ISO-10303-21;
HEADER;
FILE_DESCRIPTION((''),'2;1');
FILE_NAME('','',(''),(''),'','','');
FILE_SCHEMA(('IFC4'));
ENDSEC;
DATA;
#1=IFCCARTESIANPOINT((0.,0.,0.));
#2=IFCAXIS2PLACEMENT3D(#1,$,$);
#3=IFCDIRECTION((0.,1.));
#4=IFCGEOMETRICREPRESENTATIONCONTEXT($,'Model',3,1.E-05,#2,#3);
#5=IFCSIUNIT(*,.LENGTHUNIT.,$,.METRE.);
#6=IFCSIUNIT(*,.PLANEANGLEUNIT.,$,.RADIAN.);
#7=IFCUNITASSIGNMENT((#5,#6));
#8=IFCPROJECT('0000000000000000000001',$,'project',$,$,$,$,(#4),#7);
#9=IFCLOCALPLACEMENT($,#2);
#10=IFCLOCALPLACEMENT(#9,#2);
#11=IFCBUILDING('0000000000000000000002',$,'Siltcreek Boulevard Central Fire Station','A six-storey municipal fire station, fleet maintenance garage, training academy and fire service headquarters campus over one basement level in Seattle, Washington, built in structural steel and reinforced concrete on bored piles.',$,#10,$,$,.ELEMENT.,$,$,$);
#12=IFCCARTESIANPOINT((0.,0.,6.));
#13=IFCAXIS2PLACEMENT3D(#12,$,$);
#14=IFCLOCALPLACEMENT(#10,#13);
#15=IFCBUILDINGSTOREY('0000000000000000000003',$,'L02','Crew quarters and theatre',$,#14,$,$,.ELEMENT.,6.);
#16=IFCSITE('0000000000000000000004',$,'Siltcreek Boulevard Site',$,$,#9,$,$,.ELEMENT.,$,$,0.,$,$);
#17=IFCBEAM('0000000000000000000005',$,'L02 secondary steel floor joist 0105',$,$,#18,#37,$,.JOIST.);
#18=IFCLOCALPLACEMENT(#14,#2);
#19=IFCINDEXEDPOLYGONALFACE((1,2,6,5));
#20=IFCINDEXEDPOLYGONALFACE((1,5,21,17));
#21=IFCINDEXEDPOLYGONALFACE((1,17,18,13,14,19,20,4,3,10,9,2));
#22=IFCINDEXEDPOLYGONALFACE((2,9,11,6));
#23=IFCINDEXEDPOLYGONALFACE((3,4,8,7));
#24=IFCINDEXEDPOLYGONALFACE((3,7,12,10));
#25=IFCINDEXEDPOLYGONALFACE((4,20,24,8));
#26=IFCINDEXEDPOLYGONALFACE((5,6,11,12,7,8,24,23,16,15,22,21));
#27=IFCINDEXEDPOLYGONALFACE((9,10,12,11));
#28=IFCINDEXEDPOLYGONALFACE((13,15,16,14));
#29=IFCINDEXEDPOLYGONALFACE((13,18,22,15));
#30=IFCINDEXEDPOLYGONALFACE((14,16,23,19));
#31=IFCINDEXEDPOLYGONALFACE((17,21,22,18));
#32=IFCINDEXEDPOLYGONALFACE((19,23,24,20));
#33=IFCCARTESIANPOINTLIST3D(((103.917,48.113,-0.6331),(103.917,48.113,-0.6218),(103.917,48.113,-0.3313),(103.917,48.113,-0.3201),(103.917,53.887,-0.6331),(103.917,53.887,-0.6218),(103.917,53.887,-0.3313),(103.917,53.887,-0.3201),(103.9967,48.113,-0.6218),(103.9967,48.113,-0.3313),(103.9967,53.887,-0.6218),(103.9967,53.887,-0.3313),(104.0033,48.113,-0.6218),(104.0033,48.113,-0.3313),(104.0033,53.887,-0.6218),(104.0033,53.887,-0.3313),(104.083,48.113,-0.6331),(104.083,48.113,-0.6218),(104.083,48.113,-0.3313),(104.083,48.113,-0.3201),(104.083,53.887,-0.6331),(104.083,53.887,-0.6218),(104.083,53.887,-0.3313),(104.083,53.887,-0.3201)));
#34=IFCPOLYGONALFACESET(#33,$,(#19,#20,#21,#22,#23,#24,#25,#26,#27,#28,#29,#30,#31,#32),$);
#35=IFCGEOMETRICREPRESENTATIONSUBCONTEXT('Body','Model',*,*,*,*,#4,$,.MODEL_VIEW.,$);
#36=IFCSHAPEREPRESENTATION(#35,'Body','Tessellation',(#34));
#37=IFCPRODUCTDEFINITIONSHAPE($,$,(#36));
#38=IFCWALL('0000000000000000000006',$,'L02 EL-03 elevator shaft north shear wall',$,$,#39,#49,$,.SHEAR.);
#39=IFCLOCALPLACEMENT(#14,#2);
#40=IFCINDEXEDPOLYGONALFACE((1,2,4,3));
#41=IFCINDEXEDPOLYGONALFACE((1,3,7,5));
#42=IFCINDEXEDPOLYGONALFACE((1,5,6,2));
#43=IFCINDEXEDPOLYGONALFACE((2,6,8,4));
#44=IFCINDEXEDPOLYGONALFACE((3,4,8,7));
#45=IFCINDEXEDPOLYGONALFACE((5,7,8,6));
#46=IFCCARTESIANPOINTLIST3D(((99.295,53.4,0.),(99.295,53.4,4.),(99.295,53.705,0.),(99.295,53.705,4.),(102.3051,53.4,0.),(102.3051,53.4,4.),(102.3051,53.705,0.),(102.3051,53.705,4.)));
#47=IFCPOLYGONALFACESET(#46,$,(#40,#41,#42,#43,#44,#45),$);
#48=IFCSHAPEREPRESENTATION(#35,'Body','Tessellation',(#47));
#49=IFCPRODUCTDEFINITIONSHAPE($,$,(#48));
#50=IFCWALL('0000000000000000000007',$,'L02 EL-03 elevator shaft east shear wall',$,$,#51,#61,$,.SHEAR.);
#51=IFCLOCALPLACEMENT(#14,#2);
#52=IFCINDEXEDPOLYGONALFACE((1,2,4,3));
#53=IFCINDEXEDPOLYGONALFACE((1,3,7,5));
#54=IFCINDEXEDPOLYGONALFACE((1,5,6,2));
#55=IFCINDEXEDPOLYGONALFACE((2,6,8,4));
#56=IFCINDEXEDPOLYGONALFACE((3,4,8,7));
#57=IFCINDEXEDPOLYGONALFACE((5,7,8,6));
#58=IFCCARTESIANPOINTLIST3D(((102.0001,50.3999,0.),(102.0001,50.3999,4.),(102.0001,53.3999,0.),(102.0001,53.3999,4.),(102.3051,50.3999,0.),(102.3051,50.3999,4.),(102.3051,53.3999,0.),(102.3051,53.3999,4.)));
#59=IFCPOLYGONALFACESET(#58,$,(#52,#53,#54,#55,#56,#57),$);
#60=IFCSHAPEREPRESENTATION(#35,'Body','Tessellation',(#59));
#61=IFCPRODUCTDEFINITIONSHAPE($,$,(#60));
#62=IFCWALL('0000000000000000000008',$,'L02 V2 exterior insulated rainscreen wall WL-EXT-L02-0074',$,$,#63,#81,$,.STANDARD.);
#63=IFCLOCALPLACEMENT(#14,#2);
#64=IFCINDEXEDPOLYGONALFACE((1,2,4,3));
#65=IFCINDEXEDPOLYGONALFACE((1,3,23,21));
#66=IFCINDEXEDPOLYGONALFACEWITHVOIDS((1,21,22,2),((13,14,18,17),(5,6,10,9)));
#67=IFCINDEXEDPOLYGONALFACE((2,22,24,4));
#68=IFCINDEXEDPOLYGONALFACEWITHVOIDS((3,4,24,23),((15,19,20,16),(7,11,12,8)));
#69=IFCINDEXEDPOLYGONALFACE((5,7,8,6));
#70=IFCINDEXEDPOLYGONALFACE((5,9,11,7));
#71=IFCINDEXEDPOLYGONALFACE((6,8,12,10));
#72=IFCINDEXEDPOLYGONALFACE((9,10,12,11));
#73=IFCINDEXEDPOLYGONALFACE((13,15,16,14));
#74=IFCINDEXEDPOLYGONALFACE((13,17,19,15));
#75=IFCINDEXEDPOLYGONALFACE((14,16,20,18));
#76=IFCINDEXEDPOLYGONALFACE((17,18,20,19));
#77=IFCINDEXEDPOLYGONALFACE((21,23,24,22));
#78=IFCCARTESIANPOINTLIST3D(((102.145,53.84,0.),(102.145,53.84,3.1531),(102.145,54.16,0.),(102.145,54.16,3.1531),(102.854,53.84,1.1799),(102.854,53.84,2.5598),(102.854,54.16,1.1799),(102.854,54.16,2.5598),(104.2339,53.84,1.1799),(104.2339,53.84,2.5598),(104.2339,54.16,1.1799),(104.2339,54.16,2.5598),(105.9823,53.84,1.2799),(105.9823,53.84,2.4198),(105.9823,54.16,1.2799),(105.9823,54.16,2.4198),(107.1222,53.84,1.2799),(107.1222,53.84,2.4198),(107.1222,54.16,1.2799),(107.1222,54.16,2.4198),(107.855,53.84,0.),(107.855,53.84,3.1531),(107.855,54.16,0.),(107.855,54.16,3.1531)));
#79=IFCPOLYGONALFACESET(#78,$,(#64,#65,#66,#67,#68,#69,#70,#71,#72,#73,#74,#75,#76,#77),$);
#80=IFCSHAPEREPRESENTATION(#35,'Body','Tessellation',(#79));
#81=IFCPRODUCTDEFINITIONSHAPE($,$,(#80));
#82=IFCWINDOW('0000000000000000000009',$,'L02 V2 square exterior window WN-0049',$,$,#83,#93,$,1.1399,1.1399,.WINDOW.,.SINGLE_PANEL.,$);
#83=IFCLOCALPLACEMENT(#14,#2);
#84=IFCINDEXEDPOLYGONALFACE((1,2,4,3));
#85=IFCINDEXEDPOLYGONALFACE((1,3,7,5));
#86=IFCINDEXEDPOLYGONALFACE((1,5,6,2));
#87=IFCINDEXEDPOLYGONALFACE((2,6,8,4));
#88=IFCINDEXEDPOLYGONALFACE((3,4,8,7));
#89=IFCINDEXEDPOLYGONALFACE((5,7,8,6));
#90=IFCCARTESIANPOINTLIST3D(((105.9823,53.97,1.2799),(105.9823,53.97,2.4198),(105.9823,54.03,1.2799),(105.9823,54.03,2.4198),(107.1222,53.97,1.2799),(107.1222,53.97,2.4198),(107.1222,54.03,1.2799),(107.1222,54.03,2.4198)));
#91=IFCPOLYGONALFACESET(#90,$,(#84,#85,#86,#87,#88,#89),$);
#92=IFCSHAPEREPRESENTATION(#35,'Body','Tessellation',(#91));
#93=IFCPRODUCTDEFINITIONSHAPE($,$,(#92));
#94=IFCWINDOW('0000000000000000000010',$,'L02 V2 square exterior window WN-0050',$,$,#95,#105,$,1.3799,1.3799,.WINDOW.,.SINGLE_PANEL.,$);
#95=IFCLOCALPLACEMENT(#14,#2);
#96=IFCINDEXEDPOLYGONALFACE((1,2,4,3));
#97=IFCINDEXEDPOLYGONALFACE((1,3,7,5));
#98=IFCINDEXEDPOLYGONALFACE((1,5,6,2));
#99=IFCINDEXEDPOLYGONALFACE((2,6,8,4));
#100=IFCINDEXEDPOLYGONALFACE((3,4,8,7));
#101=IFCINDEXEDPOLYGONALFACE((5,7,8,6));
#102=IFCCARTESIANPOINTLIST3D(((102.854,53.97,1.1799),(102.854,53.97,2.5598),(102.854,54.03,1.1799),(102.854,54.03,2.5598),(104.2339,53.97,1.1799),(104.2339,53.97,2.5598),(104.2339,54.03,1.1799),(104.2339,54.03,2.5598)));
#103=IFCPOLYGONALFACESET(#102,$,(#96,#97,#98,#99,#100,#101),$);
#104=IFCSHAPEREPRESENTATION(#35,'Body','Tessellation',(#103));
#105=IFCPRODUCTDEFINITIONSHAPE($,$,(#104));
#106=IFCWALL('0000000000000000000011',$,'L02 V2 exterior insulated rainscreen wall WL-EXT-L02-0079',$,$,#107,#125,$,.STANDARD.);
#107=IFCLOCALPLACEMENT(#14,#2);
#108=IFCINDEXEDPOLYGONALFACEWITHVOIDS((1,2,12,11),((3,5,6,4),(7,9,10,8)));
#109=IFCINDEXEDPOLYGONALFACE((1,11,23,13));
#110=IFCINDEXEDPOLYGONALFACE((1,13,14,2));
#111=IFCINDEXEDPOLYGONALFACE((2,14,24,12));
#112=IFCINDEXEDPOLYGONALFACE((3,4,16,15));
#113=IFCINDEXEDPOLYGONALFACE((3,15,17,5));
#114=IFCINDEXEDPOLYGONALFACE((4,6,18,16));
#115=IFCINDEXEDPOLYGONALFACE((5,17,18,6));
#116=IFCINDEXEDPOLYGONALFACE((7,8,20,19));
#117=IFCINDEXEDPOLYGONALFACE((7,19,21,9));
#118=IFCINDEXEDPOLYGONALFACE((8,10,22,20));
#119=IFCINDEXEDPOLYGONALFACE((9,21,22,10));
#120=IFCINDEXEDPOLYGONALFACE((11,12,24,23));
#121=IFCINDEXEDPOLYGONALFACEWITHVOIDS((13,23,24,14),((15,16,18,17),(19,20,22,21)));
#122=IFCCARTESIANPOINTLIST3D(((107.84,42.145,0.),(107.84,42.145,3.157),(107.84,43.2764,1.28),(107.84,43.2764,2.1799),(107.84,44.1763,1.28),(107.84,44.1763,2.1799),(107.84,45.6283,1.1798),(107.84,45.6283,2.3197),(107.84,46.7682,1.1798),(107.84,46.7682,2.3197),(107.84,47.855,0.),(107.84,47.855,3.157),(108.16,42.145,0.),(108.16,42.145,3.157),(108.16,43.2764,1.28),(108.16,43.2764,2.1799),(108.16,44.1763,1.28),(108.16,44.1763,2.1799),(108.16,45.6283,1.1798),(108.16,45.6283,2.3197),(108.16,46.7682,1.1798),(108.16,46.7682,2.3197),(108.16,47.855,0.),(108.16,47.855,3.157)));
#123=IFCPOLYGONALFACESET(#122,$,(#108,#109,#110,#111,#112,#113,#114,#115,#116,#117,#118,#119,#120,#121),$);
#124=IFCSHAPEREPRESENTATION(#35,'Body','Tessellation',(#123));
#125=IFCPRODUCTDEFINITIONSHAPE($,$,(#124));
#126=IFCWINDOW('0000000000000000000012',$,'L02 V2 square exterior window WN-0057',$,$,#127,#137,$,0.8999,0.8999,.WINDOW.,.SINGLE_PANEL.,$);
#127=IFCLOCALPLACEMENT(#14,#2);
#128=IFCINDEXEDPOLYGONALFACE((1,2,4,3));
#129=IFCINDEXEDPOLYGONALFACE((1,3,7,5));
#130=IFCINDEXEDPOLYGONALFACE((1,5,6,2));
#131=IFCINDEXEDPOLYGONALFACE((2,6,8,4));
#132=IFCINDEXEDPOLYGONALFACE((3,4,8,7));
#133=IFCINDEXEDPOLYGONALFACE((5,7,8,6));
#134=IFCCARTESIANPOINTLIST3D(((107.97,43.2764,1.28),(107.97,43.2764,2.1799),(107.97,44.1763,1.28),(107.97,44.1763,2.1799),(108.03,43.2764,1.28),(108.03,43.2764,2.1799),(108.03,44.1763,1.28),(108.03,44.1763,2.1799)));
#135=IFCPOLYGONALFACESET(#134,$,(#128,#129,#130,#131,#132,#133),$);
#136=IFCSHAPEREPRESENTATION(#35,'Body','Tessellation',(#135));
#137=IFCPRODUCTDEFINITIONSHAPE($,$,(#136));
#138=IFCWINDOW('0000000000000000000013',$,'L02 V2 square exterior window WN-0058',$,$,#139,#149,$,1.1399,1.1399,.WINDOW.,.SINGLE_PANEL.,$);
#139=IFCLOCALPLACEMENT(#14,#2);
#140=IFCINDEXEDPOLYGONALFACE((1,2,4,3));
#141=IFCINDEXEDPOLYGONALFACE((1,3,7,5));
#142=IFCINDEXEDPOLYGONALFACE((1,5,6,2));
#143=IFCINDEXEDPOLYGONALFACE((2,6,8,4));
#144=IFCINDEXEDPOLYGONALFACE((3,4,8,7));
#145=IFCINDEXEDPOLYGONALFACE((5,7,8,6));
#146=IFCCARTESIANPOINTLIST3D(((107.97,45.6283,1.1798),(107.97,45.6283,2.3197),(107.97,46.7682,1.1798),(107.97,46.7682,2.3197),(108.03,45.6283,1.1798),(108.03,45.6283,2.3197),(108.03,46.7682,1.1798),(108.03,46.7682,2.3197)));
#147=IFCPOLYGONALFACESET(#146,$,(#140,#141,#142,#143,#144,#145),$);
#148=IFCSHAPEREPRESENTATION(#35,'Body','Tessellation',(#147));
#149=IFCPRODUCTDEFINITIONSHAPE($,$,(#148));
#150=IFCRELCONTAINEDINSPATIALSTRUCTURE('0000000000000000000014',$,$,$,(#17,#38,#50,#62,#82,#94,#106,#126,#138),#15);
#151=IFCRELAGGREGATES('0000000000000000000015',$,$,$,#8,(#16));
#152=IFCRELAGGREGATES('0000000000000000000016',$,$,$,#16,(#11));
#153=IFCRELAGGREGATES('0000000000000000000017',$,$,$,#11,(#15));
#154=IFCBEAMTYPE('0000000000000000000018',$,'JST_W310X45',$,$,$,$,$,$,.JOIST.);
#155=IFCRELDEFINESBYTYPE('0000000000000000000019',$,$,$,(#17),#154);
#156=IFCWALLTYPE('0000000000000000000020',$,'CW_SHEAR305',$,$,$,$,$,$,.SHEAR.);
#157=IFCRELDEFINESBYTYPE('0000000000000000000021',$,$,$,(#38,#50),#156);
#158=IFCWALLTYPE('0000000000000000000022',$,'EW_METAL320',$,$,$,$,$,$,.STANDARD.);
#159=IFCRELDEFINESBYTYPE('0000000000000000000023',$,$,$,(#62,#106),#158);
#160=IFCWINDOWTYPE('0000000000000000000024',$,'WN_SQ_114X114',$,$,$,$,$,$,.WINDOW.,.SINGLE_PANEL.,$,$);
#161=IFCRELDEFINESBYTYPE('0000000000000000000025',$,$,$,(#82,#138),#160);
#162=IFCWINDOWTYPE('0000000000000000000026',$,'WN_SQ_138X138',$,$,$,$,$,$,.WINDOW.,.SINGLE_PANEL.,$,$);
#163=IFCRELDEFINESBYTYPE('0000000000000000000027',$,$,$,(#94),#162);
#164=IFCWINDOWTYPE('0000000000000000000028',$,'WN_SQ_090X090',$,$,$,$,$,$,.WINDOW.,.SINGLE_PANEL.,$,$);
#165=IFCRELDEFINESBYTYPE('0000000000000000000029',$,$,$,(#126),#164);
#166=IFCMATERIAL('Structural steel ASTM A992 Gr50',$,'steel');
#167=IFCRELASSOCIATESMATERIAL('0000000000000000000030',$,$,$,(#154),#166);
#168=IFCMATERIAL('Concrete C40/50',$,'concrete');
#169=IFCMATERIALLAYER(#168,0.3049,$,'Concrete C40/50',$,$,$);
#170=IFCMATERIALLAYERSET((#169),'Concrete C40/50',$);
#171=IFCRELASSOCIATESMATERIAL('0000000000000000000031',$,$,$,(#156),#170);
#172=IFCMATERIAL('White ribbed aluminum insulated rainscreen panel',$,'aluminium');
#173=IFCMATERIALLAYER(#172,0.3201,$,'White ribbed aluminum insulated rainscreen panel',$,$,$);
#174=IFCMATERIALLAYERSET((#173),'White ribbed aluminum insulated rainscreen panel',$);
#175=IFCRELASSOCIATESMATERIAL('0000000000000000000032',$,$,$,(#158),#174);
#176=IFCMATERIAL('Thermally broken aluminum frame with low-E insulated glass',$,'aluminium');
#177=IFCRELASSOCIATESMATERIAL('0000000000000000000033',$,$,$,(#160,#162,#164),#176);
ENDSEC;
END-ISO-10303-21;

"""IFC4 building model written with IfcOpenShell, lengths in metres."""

from ifc_helpers import new_model, si_unit, direction, frame, frame_2d, origin, origin_2d, place, context, subcontext, project, spatial, rectangle, i_section, extrude, material, layer, layer_set, material_profile, profile_set, type_object, element, fill, save


model = new_model("IFC4")

# Units and contexts
model_context = context("Model", 3, precision=1e-05, world=origin(), true_north=direction((0.0, 1.0)))
body_context = subcontext(model_context, "Body", "Model", "MODEL_VIEW")
ifc_project = project(units=[si_unit("LENGTHUNIT", "METRE"), si_unit("PLANEANGLEUNIT", "RADIAN")], contexts=[model_context])

# Site, building, storey
site_placement = place(None, origin())
site = spatial("IfcSite", under=ifc_project, at=site_placement, Name="Siltcreek Boulevard Site", CompositionType="ELEMENT", RefElevation=0.0)
building_placement = place(site_placement, origin())
building = spatial("IfcBuilding", under=site, at=building_placement, Name="Siltcreek Boulevard Central Fire Station", Description="A six-storey municipal fire station, fleet maintenance garage, training academy and fire service headquarters campus over one basement level in Seattle, Washington, built in structural steel and reinforced concrete on bored piles.", CompositionType="ELEMENT")
storey_placement = place(building_placement, frame((0.0, 0.0, 6.0)))
storey = spatial("IfcBuildingStorey", under=building, at=storey_placement, Name="L02", Description="Crew quarters and theatre", CompositionType="ELEMENT", Elevation=6.0)

# Shared definitions
ifc_material_1 = material(Name="Structural steel ASTM A992 Gr50", Category="steel")

# Beam
ifc_material_profile_1 = material_profile(ifc_material_1, i_section(OverallWidth=0.166, OverallDepth=0.313, WebThickness=0.0066, FlangeThickness=0.0112, at=origin_2d()), Name="W310X45")
ifc_profile_set_1 = profile_set([ifc_material_profile_1], Name="Structural steel ASTM A992 Gr50")
beam_type_1 = type_object("IfcBeamType", Name="JST_W310X45", PredefinedType="JOIST", material=ifc_profile_set_1)
for number, where, z_axis, x_axis, name in (
    (1, (104.0, 48.113, -0.4766), (0.0, 1.0, 0.0), (-1.0, 0.0, 0.0), "L02 secondary steel floor joist 0105"),
):
    element("IfcBeam", number, at=place(storey_placement, frame(where, z_axis=z_axis, x_axis=x_axis)), inside=storey, type_object=beam_type_1, Name=name, PredefinedType="JOIST", context=body_context, shape_type="SweptSolid", body=[
        extrude(i_section(OverallWidth=0.166, OverallDepth=0.313, WebThickness=0.0066, FlangeThickness=0.0112, at=origin_2d()), origin(), (0.0, 0.0, 1.0), 5.7739),
    ])

# Walls
ifc_material_2 = material(Name="Concrete C40/50", Category="concrete")
ifc_layer_1 = layer(ifc_material_2, 0.3049, Name="Concrete C40/50")
ifc_layer_set_1 = layer_set([ifc_layer_1], Name="Concrete C40/50")
wall_type_1 = type_object("IfcWallType", Name="CW_SHEAR305", PredefinedType="SHEAR", material=ifc_layer_set_1)
wall_1_placement = place(storey_placement, frame((102.3049, 53.5525, 0.0), z_axis=(0.0, 0.0, 1.0), x_axis=(-1.0, 0.0, 0.0)))
element("IfcWall", 2, at=wall_1_placement, inside=storey, type_object=wall_type_1, Name="L02 EL-03 elevator shaft north shear wall", PredefinedType="SHEAR", context=body_context, shape_type="SweptSolid", body=[
    extrude(rectangle(XDim=3.01, YDim=0.3049, at=frame_2d((1.5049, 0.0))), origin(), (0.0, 0.0, 1.0), 4.0),
])
wall_2_placement = place(storey_placement, frame((102.1526, 50.3999, 0.0), z_axis=(0.0, 0.0, 1.0), x_axis=(0.0, 1.0, 0.0)))
element("IfcWall", 3, at=wall_2_placement, inside=storey, type_object=wall_type_1, Name="L02 EL-03 elevator shaft east shear wall", PredefinedType="SHEAR", context=body_context, shape_type="SweptSolid", body=[
    extrude(rectangle(XDim=3.0, YDim=0.3049, at=frame_2d((1.5, 0.0))), origin(), (0.0, 0.0, 1.0), 4.0),
])

# Walls, openings, windows
ifc_material_3 = material(Name="White ribbed aluminum insulated rainscreen panel", Category="aluminium")
ifc_layer_2 = layer(ifc_material_3, 0.3201, Name="White ribbed aluminum insulated rainscreen panel")
ifc_layer_set_2 = layer_set([ifc_layer_2], Name="White ribbed aluminum insulated rainscreen panel")
wall_type_2 = type_object("IfcWallType", Name="EW_METAL320", PredefinedType="STANDARD", material=ifc_layer_set_2)
wall_3_placement = place(storey_placement, frame((107.855, 54.0, 0.0), z_axis=(0.0, 0.0, 1.0), x_axis=(-1.0, 0.0, 0.0)))
wall_3 = element("IfcWall", 4, at=wall_3_placement, inside=storey, type_object=wall_type_2, Name="L02 V2 exterior insulated rainscreen wall WL-EXT-L02-0074", PredefinedType="STANDARD", context=body_context, shape_type="SweptSolid", body=[
    extrude(rectangle(XDim=5.71, YDim=0.3201, at=frame_2d((2.855, 0.0))), origin(), (0.0, 0.0, 1.0), 3.1531),
])
opening_1_placement = place(wall_3_placement, frame((0.7329, 0.0, 1.28)))
opening_1 = element("IfcOpeningElement", 5, at=opening_1_placement, cuts=wall_3, PredefinedType="OPENING", context=body_context, shape_type="SweptSolid", body=[
    extrude(rectangle(XDim=1.1399, YDim=1.1399, at=frame_2d((0.5698, 0.5698))), frame((0.0, 0.1699, 0.0), z_axis=(0.0, -1.0, 0.0), x_axis=(1.0, 0.0, 0.0)), (0.0, 0.0, 1.0), 0.3401),
])
opening_2_placement = place(wall_3_placement, frame((3.6211, 0.0, 1.1799)))
opening_2 = element("IfcOpeningElement", 6, at=opening_2_placement, cuts=wall_3, PredefinedType="OPENING", context=body_context, shape_type="SweptSolid", body=[
    extrude(rectangle(XDim=1.3799, YDim=1.3799, at=frame_2d((0.6899, 0.6899))), frame((0.0, 0.1699, 0.0), z_axis=(0.0, -1.0, 0.0), x_axis=(1.0, 0.0, 0.0)), (0.0, 0.0, 1.0), 0.3401),
])
ifc_material_4 = material(Name="Thermally broken aluminum frame with low-E insulated glass", Category="aluminium")
window_type_1 = type_object("IfcWindowType", Name="WN_SQ_114X114", PartitioningType="SINGLE_PANEL", PredefinedType="WINDOW", material=ifc_material_4)
window_1_placement = place(opening_1_placement, origin())
window_1 = element("IfcWindow", 7, at=window_1_placement, inside=storey, type_object=window_type_1, Name="L02 V2 square exterior window WN-0049", OverallHeight=1.1399, OverallWidth=1.1399, PartitioningType="SINGLE_PANEL", PredefinedType="WINDOW", context=body_context, shape_type="SweptSolid", body=[
    extrude(rectangle(XDim=1.1399, YDim=1.1399, at=frame_2d((0.5698, 0.5698))), frame((0.0, 0.03, 0.0), z_axis=(0.0, -1.0, 0.0), x_axis=(1.0, 0.0, 0.0)), (0.0, 0.0, 1.0), 0.0601),
])
fill(opening_1, window_1)
window_type_2 = type_object("IfcWindowType", Name="WN_SQ_138X138", PartitioningType="SINGLE_PANEL", PredefinedType="WINDOW", material=ifc_material_4)
window_2_placement = place(opening_2_placement, origin())
window_2 = element("IfcWindow", 8, at=window_2_placement, inside=storey, type_object=window_type_2, Name="L02 V2 square exterior window WN-0050", OverallHeight=1.3799, OverallWidth=1.3799, PartitioningType="SINGLE_PANEL", PredefinedType="WINDOW", context=body_context, shape_type="SweptSolid", body=[
    extrude(rectangle(XDim=1.3799, YDim=1.3799, at=frame_2d((0.6899, 0.6899))), frame((0.0, 0.03, 0.0), z_axis=(0.0, -1.0, 0.0), x_axis=(1.0, 0.0, 0.0)), (0.0, 0.0, 1.0), 0.0601),
])
fill(opening_2, window_2)
wall_4_placement = place(storey_placement, frame((108.0, 42.145, 0.0), z_axis=(0.0, 0.0, 1.0), x_axis=(0.0, 1.0, 0.0)))
wall_4 = element("IfcWall", 9, at=wall_4_placement, inside=storey, type_object=wall_type_2, Name="L02 V2 exterior insulated rainscreen wall WL-EXT-L02-0079", PredefinedType="STANDARD", context=body_context, shape_type="SweptSolid", body=[
    extrude(rectangle(XDim=5.71, YDim=0.3201, at=frame_2d((2.855, 0.0))), origin(), (0.0, 0.0, 1.0), 3.157),
])
opening_3_placement = place(wall_4_placement, frame((1.1313, 0.0, 1.28)))
opening_3 = element("IfcOpeningElement", 10, at=opening_3_placement, cuts=wall_4, PredefinedType="OPENING", context=body_context, shape_type="SweptSolid", body=[
    extrude(rectangle(XDim=0.8999, YDim=0.8999, at=frame_2d((0.45, 0.45))), frame((0.0, 0.1699, 0.0), z_axis=(0.0, -1.0, 0.0), x_axis=(1.0, 0.0, 0.0)), (0.0, 0.0, 1.0), 0.3401),
])
opening_4_placement = place(wall_4_placement, frame((3.4834, 0.0, 1.1799)))
opening_4 = element("IfcOpeningElement", 11, at=opening_4_placement, cuts=wall_4, PredefinedType="OPENING", context=body_context, shape_type="SweptSolid", body=[
    extrude(rectangle(XDim=1.1399, YDim=1.1399, at=frame_2d((0.5698, 0.5698))), frame((0.0, 0.1699, 0.0), z_axis=(0.0, -1.0, 0.0), x_axis=(1.0, 0.0, 0.0)), (0.0, 0.0, 1.0), 0.3401),
])
window_type_3 = type_object("IfcWindowType", Name="WN_SQ_090X090", PartitioningType="SINGLE_PANEL", PredefinedType="WINDOW", material=ifc_material_4)
window_3_placement = place(opening_3_placement, origin())
window_3 = element("IfcWindow", 12, at=window_3_placement, inside=storey, type_object=window_type_3, Name="L02 V2 square exterior window WN-0057", OverallHeight=0.8999, OverallWidth=0.8999, PartitioningType="SINGLE_PANEL", PredefinedType="WINDOW", context=body_context, shape_type="SweptSolid", body=[
    extrude(rectangle(XDim=0.8999, YDim=0.8999, at=frame_2d((0.45, 0.45))), frame((0.0, 0.03, 0.0), z_axis=(0.0, -1.0, 0.0), x_axis=(1.0, 0.0, 0.0)), (0.0, 0.0, 1.0), 0.0601),
])
fill(opening_3, window_3)
window_4_placement = place(opening_4_placement, origin())
window_4 = element("IfcWindow", 13, at=window_4_placement, inside=storey, type_object=window_type_1, Name="L02 V2 square exterior window WN-0058", OverallHeight=1.1399, OverallWidth=1.1399, PartitioningType="SINGLE_PANEL", PredefinedType="WINDOW", context=body_context, shape_type="SweptSolid", body=[
    extrude(rectangle(XDim=1.1399, YDim=1.1399, at=frame_2d((0.5698, 0.5698))), frame((0.0, 0.03, 0.0), z_axis=(0.0, -1.0, 0.0), x_axis=(1.0, 0.0, 0.0)), (0.0, 0.0, 1.0), 0.0601),
])
fill(opening_4, window_4)

save(model, "model.ifc")
